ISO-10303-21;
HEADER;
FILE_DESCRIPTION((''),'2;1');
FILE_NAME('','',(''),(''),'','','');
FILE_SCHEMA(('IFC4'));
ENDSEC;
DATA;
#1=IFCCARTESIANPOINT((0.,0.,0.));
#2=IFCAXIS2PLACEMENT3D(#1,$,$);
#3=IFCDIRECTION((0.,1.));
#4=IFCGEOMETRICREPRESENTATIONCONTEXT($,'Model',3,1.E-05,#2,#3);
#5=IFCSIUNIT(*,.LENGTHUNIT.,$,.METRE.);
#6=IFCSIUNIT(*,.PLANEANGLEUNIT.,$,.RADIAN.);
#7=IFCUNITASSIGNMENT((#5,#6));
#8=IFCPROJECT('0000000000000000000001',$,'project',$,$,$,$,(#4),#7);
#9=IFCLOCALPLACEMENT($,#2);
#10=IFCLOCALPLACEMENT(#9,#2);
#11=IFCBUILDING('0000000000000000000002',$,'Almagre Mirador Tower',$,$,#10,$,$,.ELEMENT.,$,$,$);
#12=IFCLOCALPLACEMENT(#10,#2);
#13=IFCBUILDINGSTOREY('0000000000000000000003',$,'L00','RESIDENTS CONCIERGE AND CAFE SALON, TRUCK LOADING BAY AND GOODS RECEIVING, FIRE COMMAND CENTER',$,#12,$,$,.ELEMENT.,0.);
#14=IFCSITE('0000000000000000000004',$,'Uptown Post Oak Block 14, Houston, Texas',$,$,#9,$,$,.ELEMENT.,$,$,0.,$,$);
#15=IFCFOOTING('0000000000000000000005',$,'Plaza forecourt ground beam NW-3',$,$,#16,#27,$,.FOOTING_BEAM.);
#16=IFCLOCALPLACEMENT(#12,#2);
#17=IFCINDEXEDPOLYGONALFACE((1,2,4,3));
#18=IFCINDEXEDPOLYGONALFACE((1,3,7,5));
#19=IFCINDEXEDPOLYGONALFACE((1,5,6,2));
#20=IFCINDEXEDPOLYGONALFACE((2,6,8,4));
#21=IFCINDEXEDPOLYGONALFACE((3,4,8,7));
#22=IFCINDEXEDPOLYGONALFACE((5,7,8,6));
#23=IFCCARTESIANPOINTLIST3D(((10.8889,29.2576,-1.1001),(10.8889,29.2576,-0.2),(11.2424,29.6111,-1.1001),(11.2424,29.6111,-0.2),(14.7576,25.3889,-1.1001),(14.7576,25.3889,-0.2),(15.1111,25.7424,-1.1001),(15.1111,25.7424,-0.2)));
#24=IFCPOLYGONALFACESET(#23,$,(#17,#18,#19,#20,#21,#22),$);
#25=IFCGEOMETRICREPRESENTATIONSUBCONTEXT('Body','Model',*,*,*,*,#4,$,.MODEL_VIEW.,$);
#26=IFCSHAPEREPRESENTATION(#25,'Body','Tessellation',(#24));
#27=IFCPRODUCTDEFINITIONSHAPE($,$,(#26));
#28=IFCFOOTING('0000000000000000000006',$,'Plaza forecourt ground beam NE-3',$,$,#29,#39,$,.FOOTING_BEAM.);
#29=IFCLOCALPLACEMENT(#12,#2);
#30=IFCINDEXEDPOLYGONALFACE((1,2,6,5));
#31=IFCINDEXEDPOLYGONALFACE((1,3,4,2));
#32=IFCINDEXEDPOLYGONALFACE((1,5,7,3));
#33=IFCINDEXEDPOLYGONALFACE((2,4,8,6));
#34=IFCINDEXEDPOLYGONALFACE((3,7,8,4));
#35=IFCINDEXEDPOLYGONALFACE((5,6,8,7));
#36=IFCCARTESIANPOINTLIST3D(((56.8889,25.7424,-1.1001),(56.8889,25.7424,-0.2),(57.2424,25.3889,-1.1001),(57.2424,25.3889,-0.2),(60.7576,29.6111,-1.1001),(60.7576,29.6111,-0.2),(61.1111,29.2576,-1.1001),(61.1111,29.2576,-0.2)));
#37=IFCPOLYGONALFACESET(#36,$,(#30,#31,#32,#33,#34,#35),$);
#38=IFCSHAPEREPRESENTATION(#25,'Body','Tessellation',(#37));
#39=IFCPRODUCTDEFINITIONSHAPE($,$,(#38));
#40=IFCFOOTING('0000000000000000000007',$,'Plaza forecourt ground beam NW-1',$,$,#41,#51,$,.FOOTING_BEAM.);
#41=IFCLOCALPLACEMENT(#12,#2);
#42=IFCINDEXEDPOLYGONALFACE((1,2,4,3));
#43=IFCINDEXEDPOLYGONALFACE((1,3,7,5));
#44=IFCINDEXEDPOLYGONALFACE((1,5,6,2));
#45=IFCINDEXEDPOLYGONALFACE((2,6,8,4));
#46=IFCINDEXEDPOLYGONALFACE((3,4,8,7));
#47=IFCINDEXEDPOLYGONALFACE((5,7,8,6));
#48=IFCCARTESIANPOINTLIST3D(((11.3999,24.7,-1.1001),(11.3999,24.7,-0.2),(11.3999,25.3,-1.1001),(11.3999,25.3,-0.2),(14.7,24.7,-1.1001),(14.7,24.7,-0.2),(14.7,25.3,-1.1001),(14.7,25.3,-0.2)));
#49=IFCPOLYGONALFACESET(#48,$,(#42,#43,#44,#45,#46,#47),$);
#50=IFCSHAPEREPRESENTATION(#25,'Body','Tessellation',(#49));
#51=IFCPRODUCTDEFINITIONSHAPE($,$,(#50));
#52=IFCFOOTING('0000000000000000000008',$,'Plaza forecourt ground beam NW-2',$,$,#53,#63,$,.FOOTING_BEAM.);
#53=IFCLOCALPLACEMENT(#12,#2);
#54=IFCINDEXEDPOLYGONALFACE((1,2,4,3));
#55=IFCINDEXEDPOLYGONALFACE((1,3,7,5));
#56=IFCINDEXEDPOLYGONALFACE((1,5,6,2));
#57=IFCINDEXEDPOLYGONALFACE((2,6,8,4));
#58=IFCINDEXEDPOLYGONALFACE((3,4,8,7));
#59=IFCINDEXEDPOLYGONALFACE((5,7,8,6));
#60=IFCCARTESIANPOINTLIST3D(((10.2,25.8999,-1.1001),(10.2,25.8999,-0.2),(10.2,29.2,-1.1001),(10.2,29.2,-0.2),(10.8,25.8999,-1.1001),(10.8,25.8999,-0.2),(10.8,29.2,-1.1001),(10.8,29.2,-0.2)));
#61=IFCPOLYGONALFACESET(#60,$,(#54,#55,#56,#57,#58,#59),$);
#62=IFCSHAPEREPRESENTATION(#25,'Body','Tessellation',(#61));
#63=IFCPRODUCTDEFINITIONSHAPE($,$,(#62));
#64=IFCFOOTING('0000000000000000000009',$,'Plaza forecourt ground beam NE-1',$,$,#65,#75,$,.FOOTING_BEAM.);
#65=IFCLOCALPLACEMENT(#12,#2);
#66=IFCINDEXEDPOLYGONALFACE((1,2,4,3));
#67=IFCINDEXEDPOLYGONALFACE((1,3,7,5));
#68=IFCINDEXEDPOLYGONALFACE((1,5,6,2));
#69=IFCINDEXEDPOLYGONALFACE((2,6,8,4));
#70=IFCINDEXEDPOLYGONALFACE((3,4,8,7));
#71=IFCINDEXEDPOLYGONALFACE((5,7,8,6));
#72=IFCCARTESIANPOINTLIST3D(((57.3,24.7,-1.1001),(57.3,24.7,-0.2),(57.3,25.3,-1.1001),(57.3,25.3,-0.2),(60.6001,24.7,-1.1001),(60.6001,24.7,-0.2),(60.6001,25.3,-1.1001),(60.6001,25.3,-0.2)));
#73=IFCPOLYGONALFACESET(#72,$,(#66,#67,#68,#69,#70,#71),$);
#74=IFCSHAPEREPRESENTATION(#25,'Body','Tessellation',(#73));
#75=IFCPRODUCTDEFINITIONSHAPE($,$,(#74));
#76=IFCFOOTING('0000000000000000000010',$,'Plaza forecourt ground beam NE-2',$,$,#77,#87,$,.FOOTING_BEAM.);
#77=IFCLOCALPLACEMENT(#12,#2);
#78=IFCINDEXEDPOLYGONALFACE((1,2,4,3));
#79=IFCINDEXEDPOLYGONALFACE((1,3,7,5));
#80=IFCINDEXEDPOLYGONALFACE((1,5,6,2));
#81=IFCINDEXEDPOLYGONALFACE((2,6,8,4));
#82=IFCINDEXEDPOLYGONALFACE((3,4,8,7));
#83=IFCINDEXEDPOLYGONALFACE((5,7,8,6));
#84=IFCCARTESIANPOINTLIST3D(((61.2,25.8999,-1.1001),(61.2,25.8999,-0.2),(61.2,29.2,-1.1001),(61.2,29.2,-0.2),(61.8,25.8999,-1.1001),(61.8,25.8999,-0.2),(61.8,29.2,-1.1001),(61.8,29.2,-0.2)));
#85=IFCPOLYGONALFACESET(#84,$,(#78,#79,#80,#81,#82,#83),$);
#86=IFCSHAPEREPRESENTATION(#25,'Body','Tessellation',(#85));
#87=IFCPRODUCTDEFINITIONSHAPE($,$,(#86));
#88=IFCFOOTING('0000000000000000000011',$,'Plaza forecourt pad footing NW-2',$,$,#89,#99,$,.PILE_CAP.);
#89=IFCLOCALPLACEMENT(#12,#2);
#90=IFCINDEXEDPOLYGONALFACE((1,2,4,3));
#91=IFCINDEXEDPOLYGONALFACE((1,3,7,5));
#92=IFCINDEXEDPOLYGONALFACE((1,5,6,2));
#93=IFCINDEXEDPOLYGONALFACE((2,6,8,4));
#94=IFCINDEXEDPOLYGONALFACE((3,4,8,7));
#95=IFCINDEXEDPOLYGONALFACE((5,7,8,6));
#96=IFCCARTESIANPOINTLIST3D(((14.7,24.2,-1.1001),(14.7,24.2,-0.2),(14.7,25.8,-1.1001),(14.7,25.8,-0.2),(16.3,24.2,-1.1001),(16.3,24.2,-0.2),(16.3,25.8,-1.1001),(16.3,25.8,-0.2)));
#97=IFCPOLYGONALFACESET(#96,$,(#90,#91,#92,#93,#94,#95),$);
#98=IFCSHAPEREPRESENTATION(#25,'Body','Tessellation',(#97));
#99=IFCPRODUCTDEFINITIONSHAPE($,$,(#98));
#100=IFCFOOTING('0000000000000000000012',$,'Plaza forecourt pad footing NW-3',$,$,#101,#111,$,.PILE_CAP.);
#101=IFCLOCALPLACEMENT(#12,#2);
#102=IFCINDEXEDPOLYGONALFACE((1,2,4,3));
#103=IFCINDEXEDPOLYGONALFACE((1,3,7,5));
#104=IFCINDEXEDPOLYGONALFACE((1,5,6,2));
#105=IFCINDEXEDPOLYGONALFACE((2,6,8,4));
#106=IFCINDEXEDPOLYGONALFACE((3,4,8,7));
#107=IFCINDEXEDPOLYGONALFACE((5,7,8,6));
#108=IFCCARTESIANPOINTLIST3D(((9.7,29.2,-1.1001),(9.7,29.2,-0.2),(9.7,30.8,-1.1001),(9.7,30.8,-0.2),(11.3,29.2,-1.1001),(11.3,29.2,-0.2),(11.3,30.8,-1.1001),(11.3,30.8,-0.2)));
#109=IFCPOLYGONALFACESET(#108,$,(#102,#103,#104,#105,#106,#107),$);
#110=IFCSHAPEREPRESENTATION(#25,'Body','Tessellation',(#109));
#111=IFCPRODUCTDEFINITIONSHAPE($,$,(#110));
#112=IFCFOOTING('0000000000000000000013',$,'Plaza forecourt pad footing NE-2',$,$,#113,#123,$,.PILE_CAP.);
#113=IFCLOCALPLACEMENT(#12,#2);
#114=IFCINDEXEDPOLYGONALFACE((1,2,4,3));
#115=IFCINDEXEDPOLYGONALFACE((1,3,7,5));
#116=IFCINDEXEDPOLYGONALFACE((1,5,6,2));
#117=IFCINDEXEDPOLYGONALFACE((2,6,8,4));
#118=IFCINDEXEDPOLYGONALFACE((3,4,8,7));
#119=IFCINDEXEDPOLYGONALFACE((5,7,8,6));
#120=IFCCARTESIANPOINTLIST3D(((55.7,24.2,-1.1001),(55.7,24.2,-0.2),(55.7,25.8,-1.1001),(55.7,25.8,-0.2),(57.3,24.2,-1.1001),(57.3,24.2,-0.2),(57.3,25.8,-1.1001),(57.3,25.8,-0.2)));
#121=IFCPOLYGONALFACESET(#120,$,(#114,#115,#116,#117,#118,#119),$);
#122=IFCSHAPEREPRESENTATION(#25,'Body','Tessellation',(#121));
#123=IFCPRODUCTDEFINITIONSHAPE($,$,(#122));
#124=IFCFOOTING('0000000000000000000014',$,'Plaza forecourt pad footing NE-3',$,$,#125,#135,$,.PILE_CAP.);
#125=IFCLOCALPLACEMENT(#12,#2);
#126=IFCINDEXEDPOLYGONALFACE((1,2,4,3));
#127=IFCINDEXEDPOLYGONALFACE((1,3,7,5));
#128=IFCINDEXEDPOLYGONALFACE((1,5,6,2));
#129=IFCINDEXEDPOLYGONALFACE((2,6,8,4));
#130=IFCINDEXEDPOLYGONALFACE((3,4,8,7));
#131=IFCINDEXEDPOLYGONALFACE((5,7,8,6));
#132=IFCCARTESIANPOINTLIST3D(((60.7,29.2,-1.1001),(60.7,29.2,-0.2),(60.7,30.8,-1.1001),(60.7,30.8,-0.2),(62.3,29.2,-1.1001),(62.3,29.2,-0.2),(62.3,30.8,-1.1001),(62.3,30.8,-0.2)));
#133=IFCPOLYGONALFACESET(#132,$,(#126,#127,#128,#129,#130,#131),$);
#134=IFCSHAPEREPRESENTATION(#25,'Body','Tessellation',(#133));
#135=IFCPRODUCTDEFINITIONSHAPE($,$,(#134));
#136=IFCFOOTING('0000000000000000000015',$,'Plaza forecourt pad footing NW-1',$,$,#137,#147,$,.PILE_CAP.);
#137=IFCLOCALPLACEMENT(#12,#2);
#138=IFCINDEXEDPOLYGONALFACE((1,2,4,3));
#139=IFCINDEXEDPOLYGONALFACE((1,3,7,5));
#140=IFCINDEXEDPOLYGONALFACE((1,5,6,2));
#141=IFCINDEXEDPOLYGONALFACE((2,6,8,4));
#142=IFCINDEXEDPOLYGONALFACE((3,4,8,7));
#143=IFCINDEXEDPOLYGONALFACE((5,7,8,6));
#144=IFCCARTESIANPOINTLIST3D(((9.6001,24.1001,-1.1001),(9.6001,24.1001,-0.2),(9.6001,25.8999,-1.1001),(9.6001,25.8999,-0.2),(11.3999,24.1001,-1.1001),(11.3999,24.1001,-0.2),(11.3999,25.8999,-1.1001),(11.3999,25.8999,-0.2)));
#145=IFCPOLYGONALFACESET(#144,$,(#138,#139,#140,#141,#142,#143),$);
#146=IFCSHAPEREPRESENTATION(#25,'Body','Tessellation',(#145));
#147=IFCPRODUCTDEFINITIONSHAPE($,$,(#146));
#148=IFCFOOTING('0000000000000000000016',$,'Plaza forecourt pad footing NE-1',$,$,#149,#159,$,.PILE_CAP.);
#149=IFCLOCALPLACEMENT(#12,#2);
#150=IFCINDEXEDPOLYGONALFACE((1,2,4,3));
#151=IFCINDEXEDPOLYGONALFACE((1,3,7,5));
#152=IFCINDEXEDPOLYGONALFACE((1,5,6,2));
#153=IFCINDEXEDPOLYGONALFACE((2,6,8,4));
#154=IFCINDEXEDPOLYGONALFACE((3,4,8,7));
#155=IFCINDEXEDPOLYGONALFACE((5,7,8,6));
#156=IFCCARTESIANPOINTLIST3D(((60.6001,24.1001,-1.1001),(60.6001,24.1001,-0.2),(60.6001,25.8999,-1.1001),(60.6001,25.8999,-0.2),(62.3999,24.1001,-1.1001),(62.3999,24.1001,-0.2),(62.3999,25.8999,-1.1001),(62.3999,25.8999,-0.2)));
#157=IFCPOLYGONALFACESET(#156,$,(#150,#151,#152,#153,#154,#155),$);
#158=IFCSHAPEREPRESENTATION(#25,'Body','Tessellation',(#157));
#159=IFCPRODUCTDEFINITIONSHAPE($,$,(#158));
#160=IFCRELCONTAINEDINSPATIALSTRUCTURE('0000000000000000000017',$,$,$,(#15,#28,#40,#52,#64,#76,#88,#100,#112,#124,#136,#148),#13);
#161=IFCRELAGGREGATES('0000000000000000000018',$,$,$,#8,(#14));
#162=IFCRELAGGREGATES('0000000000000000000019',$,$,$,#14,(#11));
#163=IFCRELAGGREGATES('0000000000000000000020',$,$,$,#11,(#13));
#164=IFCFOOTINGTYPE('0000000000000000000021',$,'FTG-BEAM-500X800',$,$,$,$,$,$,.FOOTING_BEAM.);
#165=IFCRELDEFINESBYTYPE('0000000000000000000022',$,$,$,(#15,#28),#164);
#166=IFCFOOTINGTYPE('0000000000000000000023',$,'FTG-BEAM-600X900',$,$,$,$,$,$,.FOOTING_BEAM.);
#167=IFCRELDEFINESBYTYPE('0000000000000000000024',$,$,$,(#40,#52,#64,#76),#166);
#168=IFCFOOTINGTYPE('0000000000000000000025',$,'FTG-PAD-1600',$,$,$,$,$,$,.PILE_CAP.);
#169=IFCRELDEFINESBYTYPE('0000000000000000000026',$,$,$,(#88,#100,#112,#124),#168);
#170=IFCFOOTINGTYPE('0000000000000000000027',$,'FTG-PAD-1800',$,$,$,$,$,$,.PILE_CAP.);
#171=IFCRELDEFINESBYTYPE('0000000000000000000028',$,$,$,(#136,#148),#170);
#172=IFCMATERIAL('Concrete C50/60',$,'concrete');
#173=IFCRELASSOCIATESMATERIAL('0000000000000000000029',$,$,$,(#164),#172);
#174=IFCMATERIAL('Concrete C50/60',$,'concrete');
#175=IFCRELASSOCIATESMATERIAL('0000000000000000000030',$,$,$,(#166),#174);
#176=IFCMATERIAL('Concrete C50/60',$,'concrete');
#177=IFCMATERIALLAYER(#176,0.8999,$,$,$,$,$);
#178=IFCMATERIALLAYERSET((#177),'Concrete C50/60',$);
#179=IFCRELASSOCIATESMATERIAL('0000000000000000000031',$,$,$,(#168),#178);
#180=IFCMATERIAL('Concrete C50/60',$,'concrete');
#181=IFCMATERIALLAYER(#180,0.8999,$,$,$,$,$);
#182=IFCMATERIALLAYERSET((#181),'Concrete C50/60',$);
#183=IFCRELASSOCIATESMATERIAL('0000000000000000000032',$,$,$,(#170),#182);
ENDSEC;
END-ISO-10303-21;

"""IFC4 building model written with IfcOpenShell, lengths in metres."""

from ifc_helpers import new_model, si_unit, direction, frame, origin, place, context, subcontext, project, spatial, polyline, outline, extrude, material, layer, layer_set, type_object, element, save


model = new_model("IFC4")

# Units and contexts
model_context = context("Model", 3, precision=1e-05, world=origin(), true_north=direction((0.0, 1.0)))
body_context = subcontext(model_context, "Body", "Model", "MODEL_VIEW")
ifc_project = project(units=[si_unit("LENGTHUNIT", "METRE"), si_unit("PLANEANGLEUNIT", "RADIAN")], contexts=[model_context])

# Site, building, storey
site_placement = place(None, origin())
site = spatial("IfcSite", under=ifc_project, at=site_placement, Name="Uptown Post Oak Block 14, Houston, Texas", CompositionType="ELEMENT", RefElevation=0.0)
building_placement = place(site_placement, origin())
building = spatial("IfcBuilding", under=site, at=building_placement, Name="Almagre Mirador Tower", CompositionType="ELEMENT")
storey_placement = place(building_placement, origin())
storey = spatial("IfcBuildingStorey", under=building, at=storey_placement, Name="L00", Description="RESIDENTS CONCIERGE AND CAFE SALON, TRUCK LOADING BAY AND GOODS RECEIVING, FIRE COMMAND CENTER", CompositionType="ELEMENT", Elevation=0.0)

# Footings
ifc_material_1 = material(Name="Concrete C50/60", Category="concrete")
footing_type_1 = type_object("IfcFootingType", Name="FTG-BEAM-500X800", PredefinedType="FOOTING_BEAM", material=ifc_material_1)
footing_1_placement = place(storey_placement, frame((0.0, 0.0, -1.1001)))
element("IfcFooting", 1, at=footing_1_placement, inside=storey, type_object=footing_type_1, Name="Plaza forecourt ground beam NW-3", PredefinedType="FOOTING_BEAM", context=body_context, shape_type="SweptSolid", body=[
    extrude(outline(polyline([(14.7576, 25.3889), (10.8889, 29.2576), (11.2424, 29.6111), (15.1111, 25.7424), (14.7576, 25.3889)])), origin(), (0.0, 0.0, 1.0), 0.9001),
])
footing_2_placement = place(storey_placement, frame((0.0, 0.0, -1.1001)))
element("IfcFooting", 2, at=footing_2_placement, inside=storey, type_object=footing_type_1, Name="Plaza forecourt ground beam NE-3", PredefinedType="FOOTING_BEAM", context=body_context, shape_type="SweptSolid", body=[
    extrude(outline(polyline([(56.8889, 25.7424), (60.7576, 29.6111), (61.1111, 29.2576), (57.2424, 25.3889), (56.8889, 25.7424)])), origin(), (0.0, 0.0, 1.0), 0.9001),
])
ifc_material_2 = material(Name="Concrete C50/60", Category="concrete")
footing_type_2 = type_object("IfcFootingType", Name="FTG-BEAM-600X900", PredefinedType="FOOTING_BEAM", material=ifc_material_2)
footing_3_placement = place(storey_placement, frame((0.0, 0.0, -1.1001)))
element("IfcFooting", 3, at=footing_3_placement, inside=storey, type_object=footing_type_2, Name="Plaza forecourt ground beam NW-1", PredefinedType="FOOTING_BEAM", context=body_context, shape_type="SweptSolid", body=[
    extrude(outline(polyline([(11.3999, 25.3), (14.7, 25.3), (14.7, 24.7), (11.3999, 24.7), (11.3999, 25.3)])), origin(), (0.0, 0.0, 1.0), 0.9001),
])
footing_4_placement = place(storey_placement, frame((0.0, 0.0, -1.1001)))
element("IfcFooting", 4, at=footing_4_placement, inside=storey, type_object=footing_type_2, Name="Plaza forecourt ground beam NW-2", PredefinedType="FOOTING_BEAM", context=body_context, shape_type="SweptSolid", body=[
    extrude(outline(polyline([(10.2, 25.8999), (10.2, 29.2), (10.8, 29.2), (10.8, 25.8999), (10.2, 25.8999)])), origin(), (0.0, 0.0, 1.0), 0.9001),
])
footing_5_placement = place(storey_placement, frame((0.0, 0.0, -1.1001)))
element("IfcFooting", 5, at=footing_5_placement, inside=storey, type_object=footing_type_2, Name="Plaza forecourt ground beam NE-1", PredefinedType="FOOTING_BEAM", context=body_context, shape_type="SweptSolid", body=[
    extrude(outline(polyline([(60.6001, 24.7), (57.3, 24.7), (57.3, 25.3), (60.6001, 25.3), (60.6001, 24.7)])), origin(), (0.0, 0.0, 1.0), 0.9001),
])
footing_6_placement = place(storey_placement, frame((0.0, 0.0, -1.1001)))
element("IfcFooting", 6, at=footing_6_placement, inside=storey, type_object=footing_type_2, Name="Plaza forecourt ground beam NE-2", PredefinedType="FOOTING_BEAM", context=body_context, shape_type="SweptSolid", body=[
    extrude(outline(polyline([(61.2, 25.8999), (61.2, 29.2), (61.8, 29.2), (61.8, 25.8999), (61.2, 25.8999)])), origin(), (0.0, 0.0, 1.0), 0.9001),
])
ifc_material_3 = material(Name="Concrete C50/60", Category="concrete")
ifc_layer_1 = layer(ifc_material_3, 0.8999)
ifc_layer_set_1 = layer_set([ifc_layer_1], Name="Concrete C50/60")
footing_type_3 = type_object("IfcFootingType", Name="FTG-PAD-1600", PredefinedType="PILE_CAP", material=ifc_layer_set_1)
footing_7_placement = place(storey_placement, frame((0.0, 0.0, -1.1001)))
element("IfcFooting", 7, at=footing_7_placement, inside=storey, type_object=footing_type_3, Name="Plaza forecourt pad footing NW-2", PredefinedType="PILE_CAP", context=body_context, shape_type="SweptSolid", body=[
    extrude(outline(polyline([(14.7, 24.2), (16.3, 24.2), (16.3, 25.8), (14.7, 25.8), (14.7, 24.2)])), origin(), (0.0, 0.0, 1.0), 0.9001),
])
footing_8_placement = place(storey_placement, frame((0.0, 0.0, -1.1001)))
element("IfcFooting", 8, at=footing_8_placement, inside=storey, type_object=footing_type_3, Name="Plaza forecourt pad footing NW-3", PredefinedType="PILE_CAP", context=body_context, shape_type="SweptSolid", body=[
    extrude(outline(polyline([(9.7, 29.2), (11.3, 29.2), (11.3, 30.8), (9.7, 30.8), (9.7, 29.2)])), origin(), (0.0, 0.0, 1.0), 0.9001),
])
footing_9_placement = place(storey_placement, frame((0.0, 0.0, -1.1001)))
element("IfcFooting", 9, at=footing_9_placement, inside=storey, type_object=footing_type_3, Name="Plaza forecourt pad footing NE-2", PredefinedType="PILE_CAP", context=body_context, shape_type="SweptSolid", body=[
    extrude(outline(polyline([(55.7, 24.2), (57.3, 24.2), (57.3, 25.8), (55.7, 25.8), (55.7, 24.2)])), origin(), (0.0, 0.0, 1.0), 0.9001),
])
footing_10_placement = place(storey_placement, frame((0.0, 0.0, -1.1001)))
element("IfcFooting", 10, at=footing_10_placement, inside=storey, type_object=footing_type_3, Name="Plaza forecourt pad footing NE-3", PredefinedType="PILE_CAP", context=body_context, shape_type="SweptSolid", body=[
    extrude(outline(polyline([(60.7, 29.2), (62.3, 29.2), (62.3, 30.8), (60.7, 30.8), (60.7, 29.2)])), origin(), (0.0, 0.0, 1.0), 0.9001),
])
ifc_material_4 = material(Name="Concrete C50/60", Category="concrete")
ifc_layer_2 = layer(ifc_material_4, 0.8999)
ifc_layer_set_2 = layer_set([ifc_layer_2], Name="Concrete C50/60")
footing_type_4 = type_object("IfcFootingType", Name="FTG-PAD-1800", PredefinedType="PILE_CAP", material=ifc_layer_set_2)
footing_11_placement = place(storey_placement, frame((0.0, 0.0, -1.1001)))
element("IfcFooting", 11, at=footing_11_placement, inside=storey, type_object=footing_type_4, Name="Plaza forecourt pad footing NW-1", PredefinedType="PILE_CAP", context=body_context, shape_type="SweptSolid", body=[
    extrude(outline(polyline([(9.6001, 24.1001), (11.3999, 24.1001), (11.3999, 25.8999), (9.6001, 25.8999), (9.6001, 24.1001)])), origin(), (0.0, 0.0, 1.0), 0.9001),
])
footing_12_placement = place(storey_placement, frame((0.0, 0.0, -1.1001)))
element("IfcFooting", 12, at=footing_12_placement, inside=storey, type_object=footing_type_4, Name="Plaza forecourt pad footing NE-1", PredefinedType="PILE_CAP", context=body_context, shape_type="SweptSolid", body=[
    extrude(outline(polyline([(60.6001, 24.1001), (62.3999, 24.1001), (62.3999, 25.8999), (60.6001, 25.8999), (60.6001, 24.1001)])), origin(), (0.0, 0.0, 1.0), 0.9001),
])

save(model, "model.ifc")
